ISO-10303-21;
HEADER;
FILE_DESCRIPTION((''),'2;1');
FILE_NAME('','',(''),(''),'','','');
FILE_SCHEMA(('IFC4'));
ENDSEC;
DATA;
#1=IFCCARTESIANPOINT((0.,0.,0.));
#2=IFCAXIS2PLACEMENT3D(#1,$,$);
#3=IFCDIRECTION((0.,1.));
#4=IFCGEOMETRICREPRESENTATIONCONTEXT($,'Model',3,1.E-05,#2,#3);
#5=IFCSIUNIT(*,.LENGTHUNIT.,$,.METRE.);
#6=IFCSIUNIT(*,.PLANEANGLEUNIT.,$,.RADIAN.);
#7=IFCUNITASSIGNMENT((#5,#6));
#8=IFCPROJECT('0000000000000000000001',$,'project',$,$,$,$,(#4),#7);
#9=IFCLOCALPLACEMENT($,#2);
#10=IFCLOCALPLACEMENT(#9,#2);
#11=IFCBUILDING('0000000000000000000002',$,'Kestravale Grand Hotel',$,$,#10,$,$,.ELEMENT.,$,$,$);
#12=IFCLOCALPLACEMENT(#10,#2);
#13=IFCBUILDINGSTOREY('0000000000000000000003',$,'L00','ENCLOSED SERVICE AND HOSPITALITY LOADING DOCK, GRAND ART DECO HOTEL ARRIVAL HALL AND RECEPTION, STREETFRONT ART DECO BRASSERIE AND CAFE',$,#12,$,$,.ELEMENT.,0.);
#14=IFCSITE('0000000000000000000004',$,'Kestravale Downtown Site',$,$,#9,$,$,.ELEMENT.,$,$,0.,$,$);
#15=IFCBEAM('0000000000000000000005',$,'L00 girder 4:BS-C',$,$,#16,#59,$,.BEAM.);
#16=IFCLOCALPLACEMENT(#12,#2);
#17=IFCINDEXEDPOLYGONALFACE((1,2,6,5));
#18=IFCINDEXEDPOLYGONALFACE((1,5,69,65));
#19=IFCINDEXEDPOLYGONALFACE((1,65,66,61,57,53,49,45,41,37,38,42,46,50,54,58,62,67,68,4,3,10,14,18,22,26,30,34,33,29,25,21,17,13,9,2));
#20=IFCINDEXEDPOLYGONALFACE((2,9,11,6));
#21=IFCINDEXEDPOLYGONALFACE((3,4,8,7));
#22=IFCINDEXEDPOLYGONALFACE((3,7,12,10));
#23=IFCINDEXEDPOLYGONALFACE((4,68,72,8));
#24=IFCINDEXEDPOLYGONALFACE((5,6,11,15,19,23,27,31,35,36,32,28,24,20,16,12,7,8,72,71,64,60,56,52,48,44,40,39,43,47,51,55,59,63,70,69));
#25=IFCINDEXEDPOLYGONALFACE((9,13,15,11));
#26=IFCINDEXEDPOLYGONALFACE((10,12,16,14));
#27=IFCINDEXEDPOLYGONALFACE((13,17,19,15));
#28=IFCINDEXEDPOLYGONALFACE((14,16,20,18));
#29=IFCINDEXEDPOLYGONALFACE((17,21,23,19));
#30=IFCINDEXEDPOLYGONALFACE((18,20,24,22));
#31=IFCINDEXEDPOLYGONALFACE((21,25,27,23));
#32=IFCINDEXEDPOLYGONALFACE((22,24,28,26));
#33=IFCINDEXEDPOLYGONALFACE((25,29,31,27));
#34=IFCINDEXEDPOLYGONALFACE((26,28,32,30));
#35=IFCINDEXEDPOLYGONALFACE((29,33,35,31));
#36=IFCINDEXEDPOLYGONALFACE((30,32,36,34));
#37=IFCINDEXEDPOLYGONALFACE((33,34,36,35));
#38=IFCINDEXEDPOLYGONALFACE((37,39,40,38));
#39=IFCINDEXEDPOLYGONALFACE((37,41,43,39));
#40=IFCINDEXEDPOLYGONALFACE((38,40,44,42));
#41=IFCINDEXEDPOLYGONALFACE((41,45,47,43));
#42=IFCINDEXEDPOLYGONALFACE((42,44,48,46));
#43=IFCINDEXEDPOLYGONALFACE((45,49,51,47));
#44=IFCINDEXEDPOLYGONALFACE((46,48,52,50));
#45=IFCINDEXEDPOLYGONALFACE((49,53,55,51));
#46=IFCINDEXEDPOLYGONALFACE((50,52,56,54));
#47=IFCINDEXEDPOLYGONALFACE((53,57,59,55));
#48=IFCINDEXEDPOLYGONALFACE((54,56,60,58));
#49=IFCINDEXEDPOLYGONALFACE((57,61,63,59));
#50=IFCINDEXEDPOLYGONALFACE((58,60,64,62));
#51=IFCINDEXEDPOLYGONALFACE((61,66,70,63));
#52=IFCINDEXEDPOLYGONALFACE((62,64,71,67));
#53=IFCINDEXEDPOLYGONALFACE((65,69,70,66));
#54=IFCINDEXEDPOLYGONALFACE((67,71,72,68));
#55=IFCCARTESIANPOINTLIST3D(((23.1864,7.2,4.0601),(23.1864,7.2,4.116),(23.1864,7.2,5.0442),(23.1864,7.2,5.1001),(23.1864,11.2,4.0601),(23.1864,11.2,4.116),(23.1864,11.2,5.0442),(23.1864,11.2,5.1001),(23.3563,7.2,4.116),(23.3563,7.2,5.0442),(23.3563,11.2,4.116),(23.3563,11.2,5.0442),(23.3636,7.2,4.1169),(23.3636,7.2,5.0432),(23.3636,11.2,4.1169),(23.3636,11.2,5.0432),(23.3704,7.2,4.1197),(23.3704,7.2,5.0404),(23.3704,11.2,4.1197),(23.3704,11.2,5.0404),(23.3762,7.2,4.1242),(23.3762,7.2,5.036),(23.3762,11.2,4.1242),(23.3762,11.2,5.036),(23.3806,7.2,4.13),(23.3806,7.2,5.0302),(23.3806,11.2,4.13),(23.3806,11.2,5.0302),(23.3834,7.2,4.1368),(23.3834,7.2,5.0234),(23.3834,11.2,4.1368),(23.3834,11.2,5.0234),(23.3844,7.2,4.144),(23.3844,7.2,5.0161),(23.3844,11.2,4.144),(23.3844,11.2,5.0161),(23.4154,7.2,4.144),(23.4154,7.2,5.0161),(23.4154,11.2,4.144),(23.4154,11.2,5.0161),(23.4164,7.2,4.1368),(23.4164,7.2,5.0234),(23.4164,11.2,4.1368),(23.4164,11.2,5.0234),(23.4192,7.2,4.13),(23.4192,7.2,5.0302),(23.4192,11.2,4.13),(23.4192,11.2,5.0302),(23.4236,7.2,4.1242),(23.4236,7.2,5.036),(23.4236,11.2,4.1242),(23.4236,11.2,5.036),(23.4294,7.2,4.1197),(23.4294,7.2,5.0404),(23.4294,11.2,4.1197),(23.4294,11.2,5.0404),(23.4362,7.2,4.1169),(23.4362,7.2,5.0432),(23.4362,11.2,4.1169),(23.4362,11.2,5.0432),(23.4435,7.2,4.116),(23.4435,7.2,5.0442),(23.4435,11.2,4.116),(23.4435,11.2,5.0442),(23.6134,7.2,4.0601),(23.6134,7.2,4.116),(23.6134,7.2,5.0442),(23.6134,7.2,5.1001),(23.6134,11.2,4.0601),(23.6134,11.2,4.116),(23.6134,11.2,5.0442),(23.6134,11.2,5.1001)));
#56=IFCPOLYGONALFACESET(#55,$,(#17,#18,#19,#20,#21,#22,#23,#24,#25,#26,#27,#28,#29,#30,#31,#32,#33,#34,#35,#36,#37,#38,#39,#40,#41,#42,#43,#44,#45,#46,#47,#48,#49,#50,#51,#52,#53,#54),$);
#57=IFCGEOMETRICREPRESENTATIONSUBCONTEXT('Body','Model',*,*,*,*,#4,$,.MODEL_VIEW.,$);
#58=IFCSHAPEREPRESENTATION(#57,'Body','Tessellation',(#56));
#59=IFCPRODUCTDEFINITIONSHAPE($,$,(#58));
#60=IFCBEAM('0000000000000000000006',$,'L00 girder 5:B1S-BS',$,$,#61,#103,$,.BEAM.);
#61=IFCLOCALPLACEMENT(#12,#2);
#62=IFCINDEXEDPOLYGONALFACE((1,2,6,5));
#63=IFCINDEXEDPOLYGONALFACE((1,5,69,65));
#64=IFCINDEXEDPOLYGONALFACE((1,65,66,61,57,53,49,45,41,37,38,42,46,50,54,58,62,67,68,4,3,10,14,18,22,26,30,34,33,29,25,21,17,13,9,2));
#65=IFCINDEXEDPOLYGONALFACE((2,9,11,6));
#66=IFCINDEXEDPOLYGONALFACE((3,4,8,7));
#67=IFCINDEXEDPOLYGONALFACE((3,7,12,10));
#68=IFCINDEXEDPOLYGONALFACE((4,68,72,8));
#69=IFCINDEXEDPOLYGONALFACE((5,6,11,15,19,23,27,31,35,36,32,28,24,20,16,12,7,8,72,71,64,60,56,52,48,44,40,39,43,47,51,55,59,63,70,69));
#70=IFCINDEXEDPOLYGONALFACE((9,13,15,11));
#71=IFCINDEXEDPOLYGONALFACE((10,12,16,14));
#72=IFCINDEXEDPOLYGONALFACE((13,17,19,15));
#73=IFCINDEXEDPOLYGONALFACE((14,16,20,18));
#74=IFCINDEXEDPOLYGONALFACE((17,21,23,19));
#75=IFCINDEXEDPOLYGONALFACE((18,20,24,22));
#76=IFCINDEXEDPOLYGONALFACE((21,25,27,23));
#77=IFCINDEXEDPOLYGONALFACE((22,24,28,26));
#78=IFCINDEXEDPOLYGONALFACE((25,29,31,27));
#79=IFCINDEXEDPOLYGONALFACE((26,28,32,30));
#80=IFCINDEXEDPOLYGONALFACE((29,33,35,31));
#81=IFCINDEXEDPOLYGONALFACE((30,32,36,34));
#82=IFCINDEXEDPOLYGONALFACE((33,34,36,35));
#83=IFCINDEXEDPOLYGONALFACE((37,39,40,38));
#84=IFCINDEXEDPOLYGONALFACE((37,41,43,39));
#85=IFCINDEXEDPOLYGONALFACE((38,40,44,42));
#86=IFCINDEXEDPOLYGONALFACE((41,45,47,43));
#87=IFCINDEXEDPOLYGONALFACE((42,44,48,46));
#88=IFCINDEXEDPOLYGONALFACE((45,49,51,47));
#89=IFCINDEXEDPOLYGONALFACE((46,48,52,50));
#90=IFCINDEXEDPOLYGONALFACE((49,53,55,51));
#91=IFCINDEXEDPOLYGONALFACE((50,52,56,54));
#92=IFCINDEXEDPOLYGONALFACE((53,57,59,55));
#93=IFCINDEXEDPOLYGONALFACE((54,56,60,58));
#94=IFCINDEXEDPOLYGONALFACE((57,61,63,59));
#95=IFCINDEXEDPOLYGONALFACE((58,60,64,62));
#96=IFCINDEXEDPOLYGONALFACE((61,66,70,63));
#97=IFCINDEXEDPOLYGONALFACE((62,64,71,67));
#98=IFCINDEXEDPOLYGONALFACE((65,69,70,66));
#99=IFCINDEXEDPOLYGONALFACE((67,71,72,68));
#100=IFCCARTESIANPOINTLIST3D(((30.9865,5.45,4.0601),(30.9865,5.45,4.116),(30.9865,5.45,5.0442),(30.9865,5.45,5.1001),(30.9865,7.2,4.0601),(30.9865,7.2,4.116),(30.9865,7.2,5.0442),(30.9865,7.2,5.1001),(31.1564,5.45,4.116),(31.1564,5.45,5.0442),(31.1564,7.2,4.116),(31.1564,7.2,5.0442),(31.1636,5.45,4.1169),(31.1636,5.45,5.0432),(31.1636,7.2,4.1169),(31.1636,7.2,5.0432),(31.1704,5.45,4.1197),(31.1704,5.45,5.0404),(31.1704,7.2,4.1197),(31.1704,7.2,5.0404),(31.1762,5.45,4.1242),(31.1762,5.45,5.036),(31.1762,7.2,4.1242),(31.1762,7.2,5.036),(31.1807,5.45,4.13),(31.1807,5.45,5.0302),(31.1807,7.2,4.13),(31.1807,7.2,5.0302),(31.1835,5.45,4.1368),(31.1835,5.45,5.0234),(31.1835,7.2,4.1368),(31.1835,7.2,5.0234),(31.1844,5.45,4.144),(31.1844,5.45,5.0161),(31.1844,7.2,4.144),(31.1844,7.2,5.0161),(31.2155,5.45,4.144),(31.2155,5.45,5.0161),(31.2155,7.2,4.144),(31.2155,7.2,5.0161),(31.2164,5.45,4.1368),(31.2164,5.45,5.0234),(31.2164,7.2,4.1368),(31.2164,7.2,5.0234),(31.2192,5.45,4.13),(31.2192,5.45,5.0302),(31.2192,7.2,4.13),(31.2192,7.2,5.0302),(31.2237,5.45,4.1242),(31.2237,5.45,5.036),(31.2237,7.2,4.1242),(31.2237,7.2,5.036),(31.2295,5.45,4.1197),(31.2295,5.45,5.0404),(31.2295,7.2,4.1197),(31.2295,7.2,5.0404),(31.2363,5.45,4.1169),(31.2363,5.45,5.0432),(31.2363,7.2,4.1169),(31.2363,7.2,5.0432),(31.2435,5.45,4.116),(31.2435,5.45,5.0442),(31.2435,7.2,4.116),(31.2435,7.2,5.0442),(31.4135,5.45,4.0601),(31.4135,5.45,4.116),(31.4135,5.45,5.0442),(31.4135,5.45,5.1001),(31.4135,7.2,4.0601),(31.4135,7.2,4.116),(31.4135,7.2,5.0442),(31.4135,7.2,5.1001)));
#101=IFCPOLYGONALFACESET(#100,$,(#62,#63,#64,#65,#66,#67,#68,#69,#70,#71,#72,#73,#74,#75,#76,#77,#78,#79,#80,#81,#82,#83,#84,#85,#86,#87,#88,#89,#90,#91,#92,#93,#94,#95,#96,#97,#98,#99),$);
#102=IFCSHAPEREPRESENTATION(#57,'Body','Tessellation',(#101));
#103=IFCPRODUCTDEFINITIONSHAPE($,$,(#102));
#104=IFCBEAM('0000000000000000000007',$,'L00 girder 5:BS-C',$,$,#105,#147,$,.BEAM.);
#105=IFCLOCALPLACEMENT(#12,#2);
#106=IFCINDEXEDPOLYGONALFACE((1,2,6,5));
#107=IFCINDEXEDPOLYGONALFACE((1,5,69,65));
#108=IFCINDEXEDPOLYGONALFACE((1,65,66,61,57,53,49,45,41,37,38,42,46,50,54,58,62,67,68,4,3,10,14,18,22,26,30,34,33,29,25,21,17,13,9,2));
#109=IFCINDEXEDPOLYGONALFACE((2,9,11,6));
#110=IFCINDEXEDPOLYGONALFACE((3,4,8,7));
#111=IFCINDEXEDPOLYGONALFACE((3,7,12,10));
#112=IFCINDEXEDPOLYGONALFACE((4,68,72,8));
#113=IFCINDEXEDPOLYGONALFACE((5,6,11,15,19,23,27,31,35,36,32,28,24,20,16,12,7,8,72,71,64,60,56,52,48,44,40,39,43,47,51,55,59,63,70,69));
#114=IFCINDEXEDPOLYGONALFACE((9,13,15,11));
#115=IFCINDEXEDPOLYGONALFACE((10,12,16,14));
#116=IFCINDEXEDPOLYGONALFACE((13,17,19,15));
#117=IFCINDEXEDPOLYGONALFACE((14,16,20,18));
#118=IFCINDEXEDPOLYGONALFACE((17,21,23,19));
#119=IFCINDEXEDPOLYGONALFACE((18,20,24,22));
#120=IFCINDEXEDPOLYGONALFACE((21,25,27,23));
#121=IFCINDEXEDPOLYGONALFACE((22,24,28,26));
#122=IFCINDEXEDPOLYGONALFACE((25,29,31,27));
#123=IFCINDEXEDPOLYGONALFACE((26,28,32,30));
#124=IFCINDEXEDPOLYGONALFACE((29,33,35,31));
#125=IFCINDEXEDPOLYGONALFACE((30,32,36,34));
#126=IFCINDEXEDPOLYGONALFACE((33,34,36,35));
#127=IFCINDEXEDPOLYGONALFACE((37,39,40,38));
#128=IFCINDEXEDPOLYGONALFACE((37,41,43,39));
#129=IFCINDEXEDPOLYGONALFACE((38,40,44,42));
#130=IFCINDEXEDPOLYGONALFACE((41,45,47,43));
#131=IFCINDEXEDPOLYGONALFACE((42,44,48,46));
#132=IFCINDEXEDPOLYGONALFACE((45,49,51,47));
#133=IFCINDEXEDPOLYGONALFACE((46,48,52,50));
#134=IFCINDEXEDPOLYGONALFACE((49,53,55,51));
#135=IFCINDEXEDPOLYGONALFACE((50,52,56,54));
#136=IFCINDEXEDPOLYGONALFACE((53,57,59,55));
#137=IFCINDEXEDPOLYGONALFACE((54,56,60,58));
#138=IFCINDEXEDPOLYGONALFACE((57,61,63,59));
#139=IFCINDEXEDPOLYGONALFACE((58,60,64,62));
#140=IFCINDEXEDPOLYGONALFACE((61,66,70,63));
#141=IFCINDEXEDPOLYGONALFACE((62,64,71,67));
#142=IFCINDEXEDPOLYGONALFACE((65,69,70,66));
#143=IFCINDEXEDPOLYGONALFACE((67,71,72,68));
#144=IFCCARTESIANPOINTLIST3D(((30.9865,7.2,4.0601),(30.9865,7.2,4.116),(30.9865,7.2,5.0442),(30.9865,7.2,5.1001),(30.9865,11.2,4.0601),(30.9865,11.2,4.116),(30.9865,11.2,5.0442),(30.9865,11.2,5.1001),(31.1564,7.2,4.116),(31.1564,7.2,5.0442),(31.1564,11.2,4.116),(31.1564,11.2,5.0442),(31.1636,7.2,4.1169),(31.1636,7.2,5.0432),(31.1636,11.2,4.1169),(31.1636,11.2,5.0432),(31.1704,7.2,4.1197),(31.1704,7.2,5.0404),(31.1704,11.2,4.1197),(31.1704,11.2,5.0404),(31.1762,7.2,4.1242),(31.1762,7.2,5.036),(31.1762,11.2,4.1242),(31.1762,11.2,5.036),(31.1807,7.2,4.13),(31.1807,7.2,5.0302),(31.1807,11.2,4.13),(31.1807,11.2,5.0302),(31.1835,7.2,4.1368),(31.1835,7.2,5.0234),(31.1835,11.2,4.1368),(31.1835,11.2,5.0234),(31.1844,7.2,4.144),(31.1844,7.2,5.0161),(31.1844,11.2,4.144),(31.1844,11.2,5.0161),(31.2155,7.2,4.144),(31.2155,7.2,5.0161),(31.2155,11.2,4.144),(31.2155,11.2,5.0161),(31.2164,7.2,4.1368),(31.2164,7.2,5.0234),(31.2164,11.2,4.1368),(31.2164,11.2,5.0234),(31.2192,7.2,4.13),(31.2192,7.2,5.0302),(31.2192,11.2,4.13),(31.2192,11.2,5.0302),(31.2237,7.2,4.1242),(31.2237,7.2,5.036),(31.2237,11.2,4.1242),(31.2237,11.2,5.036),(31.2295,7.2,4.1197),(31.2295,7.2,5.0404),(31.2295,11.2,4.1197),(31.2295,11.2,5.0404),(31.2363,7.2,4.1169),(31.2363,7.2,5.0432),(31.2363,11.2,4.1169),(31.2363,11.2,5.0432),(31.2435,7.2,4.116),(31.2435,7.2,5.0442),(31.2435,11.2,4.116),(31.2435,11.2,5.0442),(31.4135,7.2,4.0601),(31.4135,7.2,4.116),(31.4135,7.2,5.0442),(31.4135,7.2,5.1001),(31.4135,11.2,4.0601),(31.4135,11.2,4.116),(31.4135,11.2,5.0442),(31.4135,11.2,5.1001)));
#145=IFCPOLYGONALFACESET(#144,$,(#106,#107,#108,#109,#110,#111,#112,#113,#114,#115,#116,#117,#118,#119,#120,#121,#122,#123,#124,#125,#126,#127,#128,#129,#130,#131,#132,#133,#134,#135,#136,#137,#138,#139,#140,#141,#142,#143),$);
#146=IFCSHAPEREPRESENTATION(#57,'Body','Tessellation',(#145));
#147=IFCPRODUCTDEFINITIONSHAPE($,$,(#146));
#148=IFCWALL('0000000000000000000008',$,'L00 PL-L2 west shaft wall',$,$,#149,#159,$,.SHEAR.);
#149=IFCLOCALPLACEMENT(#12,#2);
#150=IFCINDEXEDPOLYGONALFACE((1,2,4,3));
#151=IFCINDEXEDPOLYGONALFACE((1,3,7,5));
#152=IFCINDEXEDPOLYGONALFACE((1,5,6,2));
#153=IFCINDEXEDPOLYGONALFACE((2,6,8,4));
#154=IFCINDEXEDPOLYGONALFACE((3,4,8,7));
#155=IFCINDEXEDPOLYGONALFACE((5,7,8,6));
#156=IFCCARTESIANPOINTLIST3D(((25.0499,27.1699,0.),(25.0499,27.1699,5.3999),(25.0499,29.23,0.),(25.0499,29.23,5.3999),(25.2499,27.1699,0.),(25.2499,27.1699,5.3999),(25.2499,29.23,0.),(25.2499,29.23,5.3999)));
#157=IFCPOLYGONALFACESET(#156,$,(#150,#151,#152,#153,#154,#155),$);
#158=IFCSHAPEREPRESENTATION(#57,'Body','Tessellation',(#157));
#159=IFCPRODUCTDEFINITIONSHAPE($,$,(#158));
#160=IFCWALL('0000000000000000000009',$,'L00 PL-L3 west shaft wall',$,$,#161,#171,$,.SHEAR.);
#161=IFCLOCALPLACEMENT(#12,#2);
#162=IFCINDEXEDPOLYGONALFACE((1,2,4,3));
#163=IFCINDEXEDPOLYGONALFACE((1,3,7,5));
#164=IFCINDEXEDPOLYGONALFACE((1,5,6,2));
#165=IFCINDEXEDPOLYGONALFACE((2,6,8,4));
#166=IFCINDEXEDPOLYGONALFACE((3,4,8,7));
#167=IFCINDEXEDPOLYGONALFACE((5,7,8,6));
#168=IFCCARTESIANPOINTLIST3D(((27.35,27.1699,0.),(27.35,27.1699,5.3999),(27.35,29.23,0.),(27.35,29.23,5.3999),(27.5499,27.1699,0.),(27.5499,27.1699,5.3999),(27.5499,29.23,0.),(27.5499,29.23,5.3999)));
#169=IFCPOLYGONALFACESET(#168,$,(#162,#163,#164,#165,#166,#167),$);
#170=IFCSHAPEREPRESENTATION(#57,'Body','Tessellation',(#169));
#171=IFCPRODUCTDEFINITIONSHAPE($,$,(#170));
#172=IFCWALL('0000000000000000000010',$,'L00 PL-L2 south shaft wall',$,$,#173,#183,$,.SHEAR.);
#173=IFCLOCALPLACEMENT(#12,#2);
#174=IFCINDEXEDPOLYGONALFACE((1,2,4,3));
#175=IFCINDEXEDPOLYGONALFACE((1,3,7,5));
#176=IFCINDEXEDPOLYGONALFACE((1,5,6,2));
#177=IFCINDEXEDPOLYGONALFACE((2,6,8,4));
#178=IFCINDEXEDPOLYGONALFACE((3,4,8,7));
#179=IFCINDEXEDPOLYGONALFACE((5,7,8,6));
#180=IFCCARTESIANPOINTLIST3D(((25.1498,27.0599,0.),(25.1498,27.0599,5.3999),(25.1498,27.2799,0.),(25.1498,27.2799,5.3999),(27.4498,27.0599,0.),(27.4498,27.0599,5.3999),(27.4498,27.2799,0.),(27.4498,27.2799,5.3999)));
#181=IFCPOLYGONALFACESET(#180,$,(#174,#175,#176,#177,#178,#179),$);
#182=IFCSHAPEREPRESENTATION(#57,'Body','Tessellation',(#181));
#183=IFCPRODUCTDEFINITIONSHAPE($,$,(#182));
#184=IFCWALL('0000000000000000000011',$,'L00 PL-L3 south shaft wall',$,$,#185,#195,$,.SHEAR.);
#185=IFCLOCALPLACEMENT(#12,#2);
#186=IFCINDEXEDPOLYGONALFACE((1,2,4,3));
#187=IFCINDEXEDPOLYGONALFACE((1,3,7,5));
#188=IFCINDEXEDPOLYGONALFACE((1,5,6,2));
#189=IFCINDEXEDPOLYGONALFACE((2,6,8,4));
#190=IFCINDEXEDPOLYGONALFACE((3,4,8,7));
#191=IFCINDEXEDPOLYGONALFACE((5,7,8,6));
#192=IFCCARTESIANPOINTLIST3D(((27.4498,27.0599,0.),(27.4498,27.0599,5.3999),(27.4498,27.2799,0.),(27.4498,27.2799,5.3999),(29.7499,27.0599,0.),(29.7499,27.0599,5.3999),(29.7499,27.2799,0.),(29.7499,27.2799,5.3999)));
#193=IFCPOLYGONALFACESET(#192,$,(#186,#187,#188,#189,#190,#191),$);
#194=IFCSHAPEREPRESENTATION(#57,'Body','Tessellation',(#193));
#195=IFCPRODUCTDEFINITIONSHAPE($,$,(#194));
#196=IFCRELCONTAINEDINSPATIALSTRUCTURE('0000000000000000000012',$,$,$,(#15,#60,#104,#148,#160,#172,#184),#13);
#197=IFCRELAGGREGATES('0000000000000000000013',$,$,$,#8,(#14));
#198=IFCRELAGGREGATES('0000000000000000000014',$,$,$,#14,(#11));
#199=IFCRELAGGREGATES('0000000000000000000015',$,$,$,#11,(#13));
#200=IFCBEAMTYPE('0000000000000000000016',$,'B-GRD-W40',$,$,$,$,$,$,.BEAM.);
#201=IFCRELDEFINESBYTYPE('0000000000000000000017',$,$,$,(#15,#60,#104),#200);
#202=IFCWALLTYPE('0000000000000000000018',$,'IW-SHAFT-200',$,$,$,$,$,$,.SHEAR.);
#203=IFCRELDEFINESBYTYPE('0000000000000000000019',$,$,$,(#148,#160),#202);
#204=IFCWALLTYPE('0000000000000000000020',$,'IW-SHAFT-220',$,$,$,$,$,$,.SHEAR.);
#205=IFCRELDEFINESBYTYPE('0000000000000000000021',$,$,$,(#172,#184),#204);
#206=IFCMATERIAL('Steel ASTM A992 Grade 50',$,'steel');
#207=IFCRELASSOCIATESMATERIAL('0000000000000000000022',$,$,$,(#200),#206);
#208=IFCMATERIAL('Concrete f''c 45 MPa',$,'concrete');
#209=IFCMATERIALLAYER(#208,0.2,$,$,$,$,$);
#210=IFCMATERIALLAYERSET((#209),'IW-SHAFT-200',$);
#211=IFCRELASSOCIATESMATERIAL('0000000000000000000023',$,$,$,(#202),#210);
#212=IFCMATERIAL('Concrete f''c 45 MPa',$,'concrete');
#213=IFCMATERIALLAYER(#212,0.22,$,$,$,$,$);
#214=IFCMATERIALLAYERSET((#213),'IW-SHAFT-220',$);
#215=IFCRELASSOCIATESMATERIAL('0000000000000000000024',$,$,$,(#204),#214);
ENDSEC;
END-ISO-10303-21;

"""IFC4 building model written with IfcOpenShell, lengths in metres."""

from ifc_helpers import new_model, si_unit, direction, frame, frame_2d, origin, origin_2d, place, context, subcontext, project, spatial, rectangle, i_section, extrude, material, layer, layer_set, material_profile, profile_set, type_object, element, save


model = new_model("IFC4")

# Units and contexts
model_context = context("Model", 3, precision=1e-05, world=origin(), true_north=direction((0.0, 1.0)))
body_context = subcontext(model_context, "Body", "Model", "MODEL_VIEW")
ifc_project = project(units=[si_unit("LENGTHUNIT", "METRE"), si_unit("PLANEANGLEUNIT", "RADIAN")], contexts=[model_context])

# Site, building, storey
site_placement = place(None, origin())
site = spatial("IfcSite", under=ifc_project, at=site_placement, Name="Kestravale Downtown Site", CompositionType="ELEMENT", RefElevation=0.0)
building_placement = place(site_placement, origin())
building = spatial("IfcBuilding", under=site, at=building_placement, Name="Kestravale Grand Hotel", CompositionType="ELEMENT")
storey_placement = place(building_placement, origin())
storey = spatial("IfcBuildingStorey", under=building, at=storey_placement, Name="L00", Description="ENCLOSED SERVICE AND HOSPITALITY LOADING DOCK, GRAND ART DECO HOTEL ARRIVAL HALL AND RECEPTION, STREETFRONT ART DECO BRASSERIE AND CAFE", CompositionType="ELEMENT", Elevation=0.0)

# Beams
ifc_material_1 = material(Name="Steel ASTM A992 Grade 50", Category="steel")
ifc_material_profile_1 = material_profile(ifc_material_1, i_section(OverallWidth=0.427, OverallDepth=1.04, WebThickness=0.031, FlangeThickness=0.0559, FilletRadius=0.0281, at=origin_2d()))
ifc_profile_set_1 = profile_set([ifc_material_profile_1], Name="Steel ASTM A992 Grade 50")
beam_type_1 = type_object("IfcBeamType", Name="B-GRD-W40", PredefinedType="BEAM", material=ifc_profile_set_1)
beam_1_placement = place(storey_placement, frame((23.3999, 7.2, 4.5801), z_axis=(0.0, 1.0, 0.0), x_axis=(-1.0, 0.0, 0.0)))
element("IfcBeam", 1, at=beam_1_placement, inside=storey, type_object=beam_type_1, Name="L00 girder 4:BS-C", PredefinedType="BEAM", context=body_context, shape_type="SweptSolid", body=[
    extrude(i_section(OverallWidth=0.427, OverallDepth=1.04, WebThickness=0.031, FlangeThickness=0.0559, FilletRadius=0.0281, at=origin_2d()), origin(), (0.0, 0.0, 1.0), 4.0),
])
beam_2_placement = place(storey_placement, frame((31.2, 5.45, 4.5801), z_axis=(0.0, 1.0, 0.0), x_axis=(-1.0, 0.0, 0.0)))
element("IfcBeam", 2, at=beam_2_placement, inside=storey, type_object=beam_type_1, Name="L00 girder 5:B1S-BS", PredefinedType="BEAM", context=body_context, shape_type="SweptSolid", body=[
    extrude(i_section(OverallWidth=0.427, OverallDepth=1.04, WebThickness=0.031, FlangeThickness=0.0559, FilletRadius=0.0281, at=origin_2d()), origin(), (0.0, 0.0, 1.0), 1.75),
])
beam_3_placement = place(storey_placement, frame((31.2, 7.2, 4.5801), z_axis=(0.0, 1.0, 0.0), x_axis=(-1.0, 0.0, 0.0)))
element("IfcBeam", 3, at=beam_3_placement, inside=storey, type_object=beam_type_1, Name="L00 girder 5:BS-C", PredefinedType="BEAM", context=body_context, shape_type="SweptSolid", body=[
    extrude(i_section(OverallWidth=0.427, OverallDepth=1.04, WebThickness=0.031, FlangeThickness=0.0559, FilletRadius=0.0281, at=origin_2d()), origin(), (0.0, 0.0, 1.0), 4.0),
])

# Walls
ifc_material_2 = material(Name="Concrete f'c 45 MPa", Category="concrete")
ifc_layer_1 = layer(ifc_material_2, 0.2)
ifc_layer_set_1 = layer_set([ifc_layer_1], Name="IW-SHAFT-200")
wall_type_1 = type_object("IfcWallType", Name="IW-SHAFT-200", PredefinedType="SHEAR", material=ifc_layer_set_1)
for number, where, z_axis, x_axis, name in (
    (4, (25.1499, 27.1699, 0.0), (0.0, 0.0, 1.0), (0.0, 1.0, 0.0), "L00 PL-L2 west shaft wall"),
    (5, (27.45, 27.1699, 0.0), (0.0, 0.0, 1.0), (0.0, 1.0, 0.0), "L00 PL-L3 west shaft wall"),
):
    element("IfcWall", number, at=place(storey_placement, frame(where, z_axis=z_axis, x_axis=x_axis)), inside=storey, type_object=wall_type_1, Name=name, PredefinedType="SHEAR", context=body_context, shape_type="SweptSolid", body=[
        extrude(rectangle(XDim=2.0601, YDim=0.2, at=frame_2d((1.03, 0.0))), origin(), (0.0, 0.0, 1.0), 5.3999),
    ])
ifc_material_3 = material(Name="Concrete f'c 45 MPa", Category="concrete")
ifc_layer_2 = layer(ifc_material_3, 0.22)
ifc_layer_set_2 = layer_set([ifc_layer_2], Name="IW-SHAFT-220")
wall_type_2 = type_object("IfcWallType", Name="IW-SHAFT-220", PredefinedType="SHEAR", material=ifc_layer_set_2)
for number, where, z_axis, x_axis, name in (
    (6, (25.1499, 27.1699, 0.0), (0.0, 0.0, 1.0), (1.0, 0.0, 0.0), "L00 PL-L2 south shaft wall"),
    (7, (27.45, 27.1699, 0.0), (0.0, 0.0, 1.0), (1.0, 0.0, 0.0), "L00 PL-L3 south shaft wall"),
):
    element("IfcWall", number, at=place(storey_placement, frame(where, z_axis=z_axis, x_axis=x_axis)), inside=storey, type_object=wall_type_2, Name=name, PredefinedType="SHEAR", context=body_context, shape_type="SweptSolid", body=[
        extrude(rectangle(XDim=2.3, YDim=0.22, at=frame_2d((1.1499, 0.0))), origin(), (0.0, 0.0, 1.0), 5.3999),
    ])

save(model, "model.ifc")
